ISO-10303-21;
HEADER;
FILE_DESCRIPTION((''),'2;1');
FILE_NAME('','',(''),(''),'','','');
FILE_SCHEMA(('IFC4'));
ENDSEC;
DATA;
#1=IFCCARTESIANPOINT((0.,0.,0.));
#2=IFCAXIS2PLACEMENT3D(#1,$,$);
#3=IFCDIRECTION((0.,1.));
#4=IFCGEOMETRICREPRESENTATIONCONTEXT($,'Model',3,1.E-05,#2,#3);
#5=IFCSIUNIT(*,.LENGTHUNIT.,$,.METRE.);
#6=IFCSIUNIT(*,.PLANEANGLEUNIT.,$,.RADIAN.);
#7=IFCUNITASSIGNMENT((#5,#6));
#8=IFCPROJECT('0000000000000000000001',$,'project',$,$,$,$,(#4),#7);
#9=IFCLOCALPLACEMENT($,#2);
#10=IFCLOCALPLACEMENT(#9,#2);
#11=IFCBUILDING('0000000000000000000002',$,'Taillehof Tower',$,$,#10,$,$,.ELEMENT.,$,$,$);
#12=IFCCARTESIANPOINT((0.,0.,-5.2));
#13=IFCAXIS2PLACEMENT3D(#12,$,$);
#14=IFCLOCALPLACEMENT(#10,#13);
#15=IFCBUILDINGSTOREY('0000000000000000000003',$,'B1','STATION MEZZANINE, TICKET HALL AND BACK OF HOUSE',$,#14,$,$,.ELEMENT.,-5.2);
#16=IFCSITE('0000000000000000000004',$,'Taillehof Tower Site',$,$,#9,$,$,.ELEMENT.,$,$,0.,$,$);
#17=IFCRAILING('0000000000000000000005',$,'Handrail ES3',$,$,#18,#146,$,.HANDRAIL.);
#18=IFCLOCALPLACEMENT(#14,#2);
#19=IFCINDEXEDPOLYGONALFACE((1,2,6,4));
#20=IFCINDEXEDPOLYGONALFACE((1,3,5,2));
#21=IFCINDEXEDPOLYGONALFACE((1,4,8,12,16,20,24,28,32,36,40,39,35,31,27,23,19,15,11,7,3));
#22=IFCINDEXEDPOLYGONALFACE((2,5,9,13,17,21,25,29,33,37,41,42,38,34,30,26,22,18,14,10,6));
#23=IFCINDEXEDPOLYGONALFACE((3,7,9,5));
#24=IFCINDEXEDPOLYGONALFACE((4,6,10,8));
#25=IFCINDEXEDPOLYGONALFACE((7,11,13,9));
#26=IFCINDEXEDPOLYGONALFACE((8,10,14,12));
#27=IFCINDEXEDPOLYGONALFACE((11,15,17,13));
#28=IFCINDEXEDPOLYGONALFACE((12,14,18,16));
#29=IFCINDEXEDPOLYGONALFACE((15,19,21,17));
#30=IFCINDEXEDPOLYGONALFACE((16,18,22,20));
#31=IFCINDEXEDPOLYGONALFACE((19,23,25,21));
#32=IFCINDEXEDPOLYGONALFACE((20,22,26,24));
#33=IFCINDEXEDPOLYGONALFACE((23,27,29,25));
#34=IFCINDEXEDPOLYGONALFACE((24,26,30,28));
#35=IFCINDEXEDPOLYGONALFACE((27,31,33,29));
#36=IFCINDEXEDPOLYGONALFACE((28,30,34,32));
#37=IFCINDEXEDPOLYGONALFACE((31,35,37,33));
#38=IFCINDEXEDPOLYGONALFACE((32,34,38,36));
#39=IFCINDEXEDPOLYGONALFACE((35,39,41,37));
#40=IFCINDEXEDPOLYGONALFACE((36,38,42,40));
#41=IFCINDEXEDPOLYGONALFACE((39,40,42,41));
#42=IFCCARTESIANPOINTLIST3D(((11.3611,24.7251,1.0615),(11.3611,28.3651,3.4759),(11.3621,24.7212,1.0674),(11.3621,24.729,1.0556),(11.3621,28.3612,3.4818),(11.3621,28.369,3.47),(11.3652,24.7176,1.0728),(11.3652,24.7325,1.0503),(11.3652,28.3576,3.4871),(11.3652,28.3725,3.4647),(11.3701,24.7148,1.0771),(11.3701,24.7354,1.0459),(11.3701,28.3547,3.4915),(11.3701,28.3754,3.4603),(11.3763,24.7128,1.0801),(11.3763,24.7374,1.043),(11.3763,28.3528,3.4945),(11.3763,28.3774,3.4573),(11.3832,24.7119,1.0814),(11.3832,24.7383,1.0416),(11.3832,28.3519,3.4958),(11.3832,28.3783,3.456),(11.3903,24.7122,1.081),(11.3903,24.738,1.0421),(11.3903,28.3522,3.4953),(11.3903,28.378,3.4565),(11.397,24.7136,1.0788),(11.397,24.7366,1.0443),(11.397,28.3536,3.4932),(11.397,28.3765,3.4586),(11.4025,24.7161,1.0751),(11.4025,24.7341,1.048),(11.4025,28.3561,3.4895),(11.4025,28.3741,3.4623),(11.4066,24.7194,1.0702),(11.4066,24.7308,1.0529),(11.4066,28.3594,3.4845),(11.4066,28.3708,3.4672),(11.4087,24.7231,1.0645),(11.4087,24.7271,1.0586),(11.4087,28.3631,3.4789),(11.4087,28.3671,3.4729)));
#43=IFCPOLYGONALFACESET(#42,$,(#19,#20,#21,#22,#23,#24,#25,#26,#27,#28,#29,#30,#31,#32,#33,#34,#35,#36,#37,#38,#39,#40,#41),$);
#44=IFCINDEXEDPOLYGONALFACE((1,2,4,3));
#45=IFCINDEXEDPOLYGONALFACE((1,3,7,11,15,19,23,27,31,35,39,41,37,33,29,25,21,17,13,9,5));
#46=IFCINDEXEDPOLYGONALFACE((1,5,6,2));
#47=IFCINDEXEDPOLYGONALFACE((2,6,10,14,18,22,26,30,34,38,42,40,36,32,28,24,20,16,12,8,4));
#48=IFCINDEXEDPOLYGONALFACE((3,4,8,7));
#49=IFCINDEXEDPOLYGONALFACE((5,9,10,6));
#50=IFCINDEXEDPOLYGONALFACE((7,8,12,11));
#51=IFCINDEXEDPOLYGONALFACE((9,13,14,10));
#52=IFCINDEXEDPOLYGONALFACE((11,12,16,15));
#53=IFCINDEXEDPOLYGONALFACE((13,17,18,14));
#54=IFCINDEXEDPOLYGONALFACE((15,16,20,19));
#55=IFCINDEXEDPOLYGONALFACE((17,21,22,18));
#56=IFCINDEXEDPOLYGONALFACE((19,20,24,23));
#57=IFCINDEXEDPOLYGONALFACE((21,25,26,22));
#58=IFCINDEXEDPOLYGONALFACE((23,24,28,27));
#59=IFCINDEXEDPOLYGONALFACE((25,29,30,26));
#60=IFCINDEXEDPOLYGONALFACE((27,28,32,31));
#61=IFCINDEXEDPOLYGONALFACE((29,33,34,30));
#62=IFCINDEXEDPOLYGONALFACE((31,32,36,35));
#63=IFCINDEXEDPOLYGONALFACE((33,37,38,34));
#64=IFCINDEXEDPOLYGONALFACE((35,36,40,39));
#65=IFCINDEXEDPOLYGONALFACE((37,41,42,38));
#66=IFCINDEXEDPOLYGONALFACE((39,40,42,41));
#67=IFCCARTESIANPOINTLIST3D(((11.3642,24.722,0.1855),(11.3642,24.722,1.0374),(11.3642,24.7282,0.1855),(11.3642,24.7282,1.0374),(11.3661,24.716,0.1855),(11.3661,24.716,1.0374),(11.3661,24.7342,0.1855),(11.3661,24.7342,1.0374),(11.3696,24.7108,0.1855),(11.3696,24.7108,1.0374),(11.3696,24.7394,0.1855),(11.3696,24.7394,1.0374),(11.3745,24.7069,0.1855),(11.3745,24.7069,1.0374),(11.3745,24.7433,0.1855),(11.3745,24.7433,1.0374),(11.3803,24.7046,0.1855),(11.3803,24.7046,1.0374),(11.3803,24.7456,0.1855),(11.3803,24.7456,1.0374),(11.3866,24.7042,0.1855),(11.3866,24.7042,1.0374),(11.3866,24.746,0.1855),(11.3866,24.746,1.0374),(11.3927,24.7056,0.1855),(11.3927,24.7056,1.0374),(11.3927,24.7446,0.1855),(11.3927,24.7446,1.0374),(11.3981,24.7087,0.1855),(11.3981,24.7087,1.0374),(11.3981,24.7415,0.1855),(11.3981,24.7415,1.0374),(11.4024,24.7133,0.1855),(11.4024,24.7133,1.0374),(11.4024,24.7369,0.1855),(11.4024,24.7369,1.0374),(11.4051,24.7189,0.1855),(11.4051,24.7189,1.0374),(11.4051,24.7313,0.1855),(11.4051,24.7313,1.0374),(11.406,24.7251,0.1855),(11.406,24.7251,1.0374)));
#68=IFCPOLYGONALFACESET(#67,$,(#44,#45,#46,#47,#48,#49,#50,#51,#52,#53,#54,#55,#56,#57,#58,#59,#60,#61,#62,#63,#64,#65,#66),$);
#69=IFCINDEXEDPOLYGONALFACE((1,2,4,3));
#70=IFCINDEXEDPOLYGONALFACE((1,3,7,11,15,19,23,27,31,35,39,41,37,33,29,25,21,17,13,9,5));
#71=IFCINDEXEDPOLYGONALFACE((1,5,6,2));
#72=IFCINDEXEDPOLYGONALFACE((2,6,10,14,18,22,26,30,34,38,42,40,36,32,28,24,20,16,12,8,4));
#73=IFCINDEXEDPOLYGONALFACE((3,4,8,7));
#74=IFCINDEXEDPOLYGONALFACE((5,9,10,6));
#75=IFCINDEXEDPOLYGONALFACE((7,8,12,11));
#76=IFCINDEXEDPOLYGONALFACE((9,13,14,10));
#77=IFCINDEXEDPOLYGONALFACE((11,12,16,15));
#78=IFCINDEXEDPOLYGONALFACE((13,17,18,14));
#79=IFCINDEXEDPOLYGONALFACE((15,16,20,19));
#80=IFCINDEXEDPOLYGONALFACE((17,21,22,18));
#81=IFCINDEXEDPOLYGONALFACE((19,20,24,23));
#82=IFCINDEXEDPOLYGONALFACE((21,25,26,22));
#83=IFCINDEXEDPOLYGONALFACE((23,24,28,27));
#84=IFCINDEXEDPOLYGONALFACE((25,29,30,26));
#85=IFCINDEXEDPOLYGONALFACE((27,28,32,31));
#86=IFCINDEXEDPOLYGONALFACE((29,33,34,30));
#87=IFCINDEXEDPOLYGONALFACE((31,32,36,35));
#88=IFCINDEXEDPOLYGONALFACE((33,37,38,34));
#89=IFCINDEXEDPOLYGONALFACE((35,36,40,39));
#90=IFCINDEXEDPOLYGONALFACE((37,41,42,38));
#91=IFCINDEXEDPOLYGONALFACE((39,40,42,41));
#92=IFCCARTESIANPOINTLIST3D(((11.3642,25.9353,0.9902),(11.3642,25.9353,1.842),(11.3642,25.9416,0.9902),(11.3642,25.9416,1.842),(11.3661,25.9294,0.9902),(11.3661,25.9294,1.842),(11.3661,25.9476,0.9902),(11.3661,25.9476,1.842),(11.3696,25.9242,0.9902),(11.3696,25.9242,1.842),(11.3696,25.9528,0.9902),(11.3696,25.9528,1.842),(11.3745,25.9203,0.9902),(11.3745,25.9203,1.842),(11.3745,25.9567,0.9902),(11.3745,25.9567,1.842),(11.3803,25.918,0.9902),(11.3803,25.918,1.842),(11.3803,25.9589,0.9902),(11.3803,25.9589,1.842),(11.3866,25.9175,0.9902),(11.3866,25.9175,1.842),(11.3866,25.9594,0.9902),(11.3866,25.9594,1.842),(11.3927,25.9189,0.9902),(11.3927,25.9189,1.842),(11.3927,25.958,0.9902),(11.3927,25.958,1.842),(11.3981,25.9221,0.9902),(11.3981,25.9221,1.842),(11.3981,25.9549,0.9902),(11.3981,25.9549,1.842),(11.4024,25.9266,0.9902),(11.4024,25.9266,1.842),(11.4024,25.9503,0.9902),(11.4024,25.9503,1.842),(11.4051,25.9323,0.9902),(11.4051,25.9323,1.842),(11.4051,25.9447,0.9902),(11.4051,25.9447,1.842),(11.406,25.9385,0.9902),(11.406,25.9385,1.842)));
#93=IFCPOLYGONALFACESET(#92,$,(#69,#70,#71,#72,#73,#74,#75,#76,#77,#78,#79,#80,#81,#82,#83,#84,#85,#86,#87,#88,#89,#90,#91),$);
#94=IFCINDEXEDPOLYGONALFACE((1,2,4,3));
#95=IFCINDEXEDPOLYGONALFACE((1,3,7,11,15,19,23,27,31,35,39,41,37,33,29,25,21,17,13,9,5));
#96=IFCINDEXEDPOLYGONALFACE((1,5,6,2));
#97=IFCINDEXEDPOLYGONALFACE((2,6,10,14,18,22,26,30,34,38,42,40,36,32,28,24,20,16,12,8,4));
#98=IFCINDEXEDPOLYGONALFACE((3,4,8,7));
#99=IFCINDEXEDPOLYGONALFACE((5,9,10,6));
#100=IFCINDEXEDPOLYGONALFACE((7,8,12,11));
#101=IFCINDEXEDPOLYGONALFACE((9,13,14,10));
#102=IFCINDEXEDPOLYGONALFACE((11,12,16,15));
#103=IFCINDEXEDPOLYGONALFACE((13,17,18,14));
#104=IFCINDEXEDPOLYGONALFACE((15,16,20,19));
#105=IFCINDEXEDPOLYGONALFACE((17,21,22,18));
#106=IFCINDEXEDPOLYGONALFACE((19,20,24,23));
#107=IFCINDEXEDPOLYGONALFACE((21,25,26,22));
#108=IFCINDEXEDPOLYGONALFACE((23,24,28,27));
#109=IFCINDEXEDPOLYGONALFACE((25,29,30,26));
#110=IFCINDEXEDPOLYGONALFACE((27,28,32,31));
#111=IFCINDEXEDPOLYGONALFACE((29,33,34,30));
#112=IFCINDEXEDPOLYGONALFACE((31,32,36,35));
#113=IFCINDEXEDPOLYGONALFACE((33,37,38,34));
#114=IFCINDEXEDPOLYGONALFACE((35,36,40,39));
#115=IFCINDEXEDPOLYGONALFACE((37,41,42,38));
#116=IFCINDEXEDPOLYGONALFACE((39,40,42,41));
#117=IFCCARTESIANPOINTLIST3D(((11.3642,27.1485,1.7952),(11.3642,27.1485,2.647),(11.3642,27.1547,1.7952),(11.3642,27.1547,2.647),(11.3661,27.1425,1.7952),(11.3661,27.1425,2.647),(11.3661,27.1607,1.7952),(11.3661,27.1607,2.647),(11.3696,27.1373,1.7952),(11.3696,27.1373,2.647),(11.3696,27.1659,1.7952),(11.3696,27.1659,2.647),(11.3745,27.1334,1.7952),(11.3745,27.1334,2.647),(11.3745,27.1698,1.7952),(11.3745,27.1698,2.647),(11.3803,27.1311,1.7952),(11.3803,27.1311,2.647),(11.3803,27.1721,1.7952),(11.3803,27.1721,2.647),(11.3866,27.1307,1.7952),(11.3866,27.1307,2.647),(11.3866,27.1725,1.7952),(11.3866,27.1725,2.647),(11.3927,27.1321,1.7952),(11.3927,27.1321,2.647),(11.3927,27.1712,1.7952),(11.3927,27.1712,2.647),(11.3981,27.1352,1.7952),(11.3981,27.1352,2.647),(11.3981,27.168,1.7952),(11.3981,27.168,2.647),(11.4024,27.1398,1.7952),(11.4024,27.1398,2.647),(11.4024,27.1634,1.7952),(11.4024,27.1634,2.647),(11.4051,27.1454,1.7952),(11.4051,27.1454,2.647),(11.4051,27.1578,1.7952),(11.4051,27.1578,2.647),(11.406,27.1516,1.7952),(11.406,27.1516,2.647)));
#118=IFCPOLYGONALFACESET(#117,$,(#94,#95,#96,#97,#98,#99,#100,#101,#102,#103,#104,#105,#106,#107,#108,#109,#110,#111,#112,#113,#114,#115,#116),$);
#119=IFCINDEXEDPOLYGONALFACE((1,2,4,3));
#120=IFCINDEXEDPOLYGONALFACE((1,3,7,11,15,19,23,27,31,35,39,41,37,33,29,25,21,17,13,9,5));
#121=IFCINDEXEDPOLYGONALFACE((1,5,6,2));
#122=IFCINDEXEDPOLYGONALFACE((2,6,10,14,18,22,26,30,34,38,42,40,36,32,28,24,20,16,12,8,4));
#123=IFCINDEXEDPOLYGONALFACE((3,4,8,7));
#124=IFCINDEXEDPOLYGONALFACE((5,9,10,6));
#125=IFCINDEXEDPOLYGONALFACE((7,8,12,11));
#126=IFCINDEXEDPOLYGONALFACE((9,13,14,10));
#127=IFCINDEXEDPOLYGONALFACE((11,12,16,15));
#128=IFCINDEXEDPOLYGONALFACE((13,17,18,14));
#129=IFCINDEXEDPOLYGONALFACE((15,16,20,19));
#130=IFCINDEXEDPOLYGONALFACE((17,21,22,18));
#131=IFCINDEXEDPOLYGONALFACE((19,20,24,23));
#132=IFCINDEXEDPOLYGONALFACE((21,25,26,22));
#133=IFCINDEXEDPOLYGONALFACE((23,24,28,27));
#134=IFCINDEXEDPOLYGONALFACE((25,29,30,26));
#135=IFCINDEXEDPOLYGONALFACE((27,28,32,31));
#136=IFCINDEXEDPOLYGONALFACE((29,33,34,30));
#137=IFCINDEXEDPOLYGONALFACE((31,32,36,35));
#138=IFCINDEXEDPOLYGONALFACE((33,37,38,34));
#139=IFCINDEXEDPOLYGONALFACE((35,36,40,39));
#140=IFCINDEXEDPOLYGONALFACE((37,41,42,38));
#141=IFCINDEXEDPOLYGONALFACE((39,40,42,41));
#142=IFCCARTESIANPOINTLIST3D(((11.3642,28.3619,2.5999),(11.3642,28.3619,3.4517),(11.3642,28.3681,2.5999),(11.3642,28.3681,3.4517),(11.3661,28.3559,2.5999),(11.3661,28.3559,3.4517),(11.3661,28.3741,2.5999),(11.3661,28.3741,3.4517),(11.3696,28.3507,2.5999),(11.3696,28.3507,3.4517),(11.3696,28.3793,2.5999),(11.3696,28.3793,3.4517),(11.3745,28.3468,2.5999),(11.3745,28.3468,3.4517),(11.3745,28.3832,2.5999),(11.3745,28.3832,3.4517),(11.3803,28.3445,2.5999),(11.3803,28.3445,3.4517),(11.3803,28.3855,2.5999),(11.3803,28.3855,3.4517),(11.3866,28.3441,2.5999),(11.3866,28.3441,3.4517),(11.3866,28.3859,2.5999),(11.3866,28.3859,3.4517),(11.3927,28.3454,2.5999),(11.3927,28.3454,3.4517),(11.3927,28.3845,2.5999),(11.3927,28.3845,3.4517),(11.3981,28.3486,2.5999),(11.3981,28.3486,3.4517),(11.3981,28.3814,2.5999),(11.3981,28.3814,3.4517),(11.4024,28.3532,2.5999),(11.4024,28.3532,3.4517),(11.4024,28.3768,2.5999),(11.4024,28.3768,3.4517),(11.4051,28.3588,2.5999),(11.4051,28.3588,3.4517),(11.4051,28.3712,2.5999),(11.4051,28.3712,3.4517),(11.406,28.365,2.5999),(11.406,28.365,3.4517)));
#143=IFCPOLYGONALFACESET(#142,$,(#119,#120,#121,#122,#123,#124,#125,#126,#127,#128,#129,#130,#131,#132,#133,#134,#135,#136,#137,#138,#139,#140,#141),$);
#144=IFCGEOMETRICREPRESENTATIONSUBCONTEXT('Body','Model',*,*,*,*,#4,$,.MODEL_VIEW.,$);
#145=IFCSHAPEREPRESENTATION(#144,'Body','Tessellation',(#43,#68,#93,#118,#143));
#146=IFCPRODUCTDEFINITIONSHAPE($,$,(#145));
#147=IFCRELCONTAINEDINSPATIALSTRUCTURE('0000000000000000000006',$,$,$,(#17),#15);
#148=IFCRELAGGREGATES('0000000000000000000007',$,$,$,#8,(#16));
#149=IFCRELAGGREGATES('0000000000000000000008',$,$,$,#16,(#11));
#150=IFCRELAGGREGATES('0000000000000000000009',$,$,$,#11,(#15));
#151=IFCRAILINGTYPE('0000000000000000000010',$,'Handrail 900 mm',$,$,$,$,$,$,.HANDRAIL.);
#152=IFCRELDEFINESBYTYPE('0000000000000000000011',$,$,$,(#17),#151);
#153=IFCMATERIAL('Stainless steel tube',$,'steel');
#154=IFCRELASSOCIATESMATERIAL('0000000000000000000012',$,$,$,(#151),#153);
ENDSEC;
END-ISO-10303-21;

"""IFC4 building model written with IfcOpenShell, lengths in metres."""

from ifc_helpers import new_model, si_unit, direction, frame, origin, origin_2d, place, context, subcontext, project, spatial, circle, extrude, material, type_object, element, save


model = new_model("IFC4")

# Units and contexts
model_context = context("Model", 3, precision=1e-05, world=origin(), true_north=direction((0.0, 1.0)))
body_context = subcontext(model_context, "Body", "Model", "MODEL_VIEW")
ifc_project = project(units=[si_unit("LENGTHUNIT", "METRE"), si_unit("PLANEANGLEUNIT", "RADIAN")], contexts=[model_context])

# Site, building, storey
site_placement = place(None, origin())
site = spatial("IfcSite", under=ifc_project, at=site_placement, Name="Taillehof Tower Site", CompositionType="ELEMENT", RefElevation=0.0)
building_placement = place(site_placement, origin())
building = spatial("IfcBuilding", under=site, at=building_placement, Name="Taillehof Tower", CompositionType="ELEMENT")
storey_placement = place(building_placement, frame((0.0, 0.0, -5.2)))
storey = spatial("IfcBuildingStorey", under=building, at=storey_placement, Name="B1", Description="STATION MEZZANINE, TICKET HALL AND BACK OF HOUSE", CompositionType="ELEMENT", Elevation=-5.2)

# Railing
ifc_material_1 = material(Name="Stainless steel tube", Category="steel")
railing_type_1 = type_object("IfcRailingType", Name="Handrail 900 mm", PredefinedType="HANDRAIL", material=ifc_material_1)
for number, where, name in (
    (1, (11.385, 24.7251, 0.1855), "Handrail ES3"),
):
    element("IfcRailing", number, at=place(storey_placement, frame(where)), inside=storey, type_object=railing_type_1, Name=name, PredefinedType="HANDRAIL", context=body_context, shape_type="SweptSolid", body=[
        extrude(circle(Radius=0.0239, at=origin_2d()), frame((0.0, 0.0, 0.876), z_axis=(0.0, 0.833347, 0.552751), x_axis=(-1.0, 0.0, 0.0)), (0.0, 0.0, 1.0), 4.3679),
        extrude(circle(Radius=0.021, at=origin_2d()), origin(), (0.0, 0.0, 1.0), 0.8518),
        extrude(circle(Radius=0.021, at=origin_2d()), frame((0.0, 1.2134, 0.8047)), (0.0, 0.0, 1.0), 0.8518),
        extrude(circle(Radius=0.021, at=origin_2d()), frame((0.0, 2.4265, 1.6096)), (0.0, 0.0, 1.0), 0.8518),
        extrude(circle(Radius=0.021, at=origin_2d()), frame((0.0, 3.6399, 2.4143)), (0.0, 0.0, 1.0), 0.8518),
    ])

save(model, "model.ifc")
